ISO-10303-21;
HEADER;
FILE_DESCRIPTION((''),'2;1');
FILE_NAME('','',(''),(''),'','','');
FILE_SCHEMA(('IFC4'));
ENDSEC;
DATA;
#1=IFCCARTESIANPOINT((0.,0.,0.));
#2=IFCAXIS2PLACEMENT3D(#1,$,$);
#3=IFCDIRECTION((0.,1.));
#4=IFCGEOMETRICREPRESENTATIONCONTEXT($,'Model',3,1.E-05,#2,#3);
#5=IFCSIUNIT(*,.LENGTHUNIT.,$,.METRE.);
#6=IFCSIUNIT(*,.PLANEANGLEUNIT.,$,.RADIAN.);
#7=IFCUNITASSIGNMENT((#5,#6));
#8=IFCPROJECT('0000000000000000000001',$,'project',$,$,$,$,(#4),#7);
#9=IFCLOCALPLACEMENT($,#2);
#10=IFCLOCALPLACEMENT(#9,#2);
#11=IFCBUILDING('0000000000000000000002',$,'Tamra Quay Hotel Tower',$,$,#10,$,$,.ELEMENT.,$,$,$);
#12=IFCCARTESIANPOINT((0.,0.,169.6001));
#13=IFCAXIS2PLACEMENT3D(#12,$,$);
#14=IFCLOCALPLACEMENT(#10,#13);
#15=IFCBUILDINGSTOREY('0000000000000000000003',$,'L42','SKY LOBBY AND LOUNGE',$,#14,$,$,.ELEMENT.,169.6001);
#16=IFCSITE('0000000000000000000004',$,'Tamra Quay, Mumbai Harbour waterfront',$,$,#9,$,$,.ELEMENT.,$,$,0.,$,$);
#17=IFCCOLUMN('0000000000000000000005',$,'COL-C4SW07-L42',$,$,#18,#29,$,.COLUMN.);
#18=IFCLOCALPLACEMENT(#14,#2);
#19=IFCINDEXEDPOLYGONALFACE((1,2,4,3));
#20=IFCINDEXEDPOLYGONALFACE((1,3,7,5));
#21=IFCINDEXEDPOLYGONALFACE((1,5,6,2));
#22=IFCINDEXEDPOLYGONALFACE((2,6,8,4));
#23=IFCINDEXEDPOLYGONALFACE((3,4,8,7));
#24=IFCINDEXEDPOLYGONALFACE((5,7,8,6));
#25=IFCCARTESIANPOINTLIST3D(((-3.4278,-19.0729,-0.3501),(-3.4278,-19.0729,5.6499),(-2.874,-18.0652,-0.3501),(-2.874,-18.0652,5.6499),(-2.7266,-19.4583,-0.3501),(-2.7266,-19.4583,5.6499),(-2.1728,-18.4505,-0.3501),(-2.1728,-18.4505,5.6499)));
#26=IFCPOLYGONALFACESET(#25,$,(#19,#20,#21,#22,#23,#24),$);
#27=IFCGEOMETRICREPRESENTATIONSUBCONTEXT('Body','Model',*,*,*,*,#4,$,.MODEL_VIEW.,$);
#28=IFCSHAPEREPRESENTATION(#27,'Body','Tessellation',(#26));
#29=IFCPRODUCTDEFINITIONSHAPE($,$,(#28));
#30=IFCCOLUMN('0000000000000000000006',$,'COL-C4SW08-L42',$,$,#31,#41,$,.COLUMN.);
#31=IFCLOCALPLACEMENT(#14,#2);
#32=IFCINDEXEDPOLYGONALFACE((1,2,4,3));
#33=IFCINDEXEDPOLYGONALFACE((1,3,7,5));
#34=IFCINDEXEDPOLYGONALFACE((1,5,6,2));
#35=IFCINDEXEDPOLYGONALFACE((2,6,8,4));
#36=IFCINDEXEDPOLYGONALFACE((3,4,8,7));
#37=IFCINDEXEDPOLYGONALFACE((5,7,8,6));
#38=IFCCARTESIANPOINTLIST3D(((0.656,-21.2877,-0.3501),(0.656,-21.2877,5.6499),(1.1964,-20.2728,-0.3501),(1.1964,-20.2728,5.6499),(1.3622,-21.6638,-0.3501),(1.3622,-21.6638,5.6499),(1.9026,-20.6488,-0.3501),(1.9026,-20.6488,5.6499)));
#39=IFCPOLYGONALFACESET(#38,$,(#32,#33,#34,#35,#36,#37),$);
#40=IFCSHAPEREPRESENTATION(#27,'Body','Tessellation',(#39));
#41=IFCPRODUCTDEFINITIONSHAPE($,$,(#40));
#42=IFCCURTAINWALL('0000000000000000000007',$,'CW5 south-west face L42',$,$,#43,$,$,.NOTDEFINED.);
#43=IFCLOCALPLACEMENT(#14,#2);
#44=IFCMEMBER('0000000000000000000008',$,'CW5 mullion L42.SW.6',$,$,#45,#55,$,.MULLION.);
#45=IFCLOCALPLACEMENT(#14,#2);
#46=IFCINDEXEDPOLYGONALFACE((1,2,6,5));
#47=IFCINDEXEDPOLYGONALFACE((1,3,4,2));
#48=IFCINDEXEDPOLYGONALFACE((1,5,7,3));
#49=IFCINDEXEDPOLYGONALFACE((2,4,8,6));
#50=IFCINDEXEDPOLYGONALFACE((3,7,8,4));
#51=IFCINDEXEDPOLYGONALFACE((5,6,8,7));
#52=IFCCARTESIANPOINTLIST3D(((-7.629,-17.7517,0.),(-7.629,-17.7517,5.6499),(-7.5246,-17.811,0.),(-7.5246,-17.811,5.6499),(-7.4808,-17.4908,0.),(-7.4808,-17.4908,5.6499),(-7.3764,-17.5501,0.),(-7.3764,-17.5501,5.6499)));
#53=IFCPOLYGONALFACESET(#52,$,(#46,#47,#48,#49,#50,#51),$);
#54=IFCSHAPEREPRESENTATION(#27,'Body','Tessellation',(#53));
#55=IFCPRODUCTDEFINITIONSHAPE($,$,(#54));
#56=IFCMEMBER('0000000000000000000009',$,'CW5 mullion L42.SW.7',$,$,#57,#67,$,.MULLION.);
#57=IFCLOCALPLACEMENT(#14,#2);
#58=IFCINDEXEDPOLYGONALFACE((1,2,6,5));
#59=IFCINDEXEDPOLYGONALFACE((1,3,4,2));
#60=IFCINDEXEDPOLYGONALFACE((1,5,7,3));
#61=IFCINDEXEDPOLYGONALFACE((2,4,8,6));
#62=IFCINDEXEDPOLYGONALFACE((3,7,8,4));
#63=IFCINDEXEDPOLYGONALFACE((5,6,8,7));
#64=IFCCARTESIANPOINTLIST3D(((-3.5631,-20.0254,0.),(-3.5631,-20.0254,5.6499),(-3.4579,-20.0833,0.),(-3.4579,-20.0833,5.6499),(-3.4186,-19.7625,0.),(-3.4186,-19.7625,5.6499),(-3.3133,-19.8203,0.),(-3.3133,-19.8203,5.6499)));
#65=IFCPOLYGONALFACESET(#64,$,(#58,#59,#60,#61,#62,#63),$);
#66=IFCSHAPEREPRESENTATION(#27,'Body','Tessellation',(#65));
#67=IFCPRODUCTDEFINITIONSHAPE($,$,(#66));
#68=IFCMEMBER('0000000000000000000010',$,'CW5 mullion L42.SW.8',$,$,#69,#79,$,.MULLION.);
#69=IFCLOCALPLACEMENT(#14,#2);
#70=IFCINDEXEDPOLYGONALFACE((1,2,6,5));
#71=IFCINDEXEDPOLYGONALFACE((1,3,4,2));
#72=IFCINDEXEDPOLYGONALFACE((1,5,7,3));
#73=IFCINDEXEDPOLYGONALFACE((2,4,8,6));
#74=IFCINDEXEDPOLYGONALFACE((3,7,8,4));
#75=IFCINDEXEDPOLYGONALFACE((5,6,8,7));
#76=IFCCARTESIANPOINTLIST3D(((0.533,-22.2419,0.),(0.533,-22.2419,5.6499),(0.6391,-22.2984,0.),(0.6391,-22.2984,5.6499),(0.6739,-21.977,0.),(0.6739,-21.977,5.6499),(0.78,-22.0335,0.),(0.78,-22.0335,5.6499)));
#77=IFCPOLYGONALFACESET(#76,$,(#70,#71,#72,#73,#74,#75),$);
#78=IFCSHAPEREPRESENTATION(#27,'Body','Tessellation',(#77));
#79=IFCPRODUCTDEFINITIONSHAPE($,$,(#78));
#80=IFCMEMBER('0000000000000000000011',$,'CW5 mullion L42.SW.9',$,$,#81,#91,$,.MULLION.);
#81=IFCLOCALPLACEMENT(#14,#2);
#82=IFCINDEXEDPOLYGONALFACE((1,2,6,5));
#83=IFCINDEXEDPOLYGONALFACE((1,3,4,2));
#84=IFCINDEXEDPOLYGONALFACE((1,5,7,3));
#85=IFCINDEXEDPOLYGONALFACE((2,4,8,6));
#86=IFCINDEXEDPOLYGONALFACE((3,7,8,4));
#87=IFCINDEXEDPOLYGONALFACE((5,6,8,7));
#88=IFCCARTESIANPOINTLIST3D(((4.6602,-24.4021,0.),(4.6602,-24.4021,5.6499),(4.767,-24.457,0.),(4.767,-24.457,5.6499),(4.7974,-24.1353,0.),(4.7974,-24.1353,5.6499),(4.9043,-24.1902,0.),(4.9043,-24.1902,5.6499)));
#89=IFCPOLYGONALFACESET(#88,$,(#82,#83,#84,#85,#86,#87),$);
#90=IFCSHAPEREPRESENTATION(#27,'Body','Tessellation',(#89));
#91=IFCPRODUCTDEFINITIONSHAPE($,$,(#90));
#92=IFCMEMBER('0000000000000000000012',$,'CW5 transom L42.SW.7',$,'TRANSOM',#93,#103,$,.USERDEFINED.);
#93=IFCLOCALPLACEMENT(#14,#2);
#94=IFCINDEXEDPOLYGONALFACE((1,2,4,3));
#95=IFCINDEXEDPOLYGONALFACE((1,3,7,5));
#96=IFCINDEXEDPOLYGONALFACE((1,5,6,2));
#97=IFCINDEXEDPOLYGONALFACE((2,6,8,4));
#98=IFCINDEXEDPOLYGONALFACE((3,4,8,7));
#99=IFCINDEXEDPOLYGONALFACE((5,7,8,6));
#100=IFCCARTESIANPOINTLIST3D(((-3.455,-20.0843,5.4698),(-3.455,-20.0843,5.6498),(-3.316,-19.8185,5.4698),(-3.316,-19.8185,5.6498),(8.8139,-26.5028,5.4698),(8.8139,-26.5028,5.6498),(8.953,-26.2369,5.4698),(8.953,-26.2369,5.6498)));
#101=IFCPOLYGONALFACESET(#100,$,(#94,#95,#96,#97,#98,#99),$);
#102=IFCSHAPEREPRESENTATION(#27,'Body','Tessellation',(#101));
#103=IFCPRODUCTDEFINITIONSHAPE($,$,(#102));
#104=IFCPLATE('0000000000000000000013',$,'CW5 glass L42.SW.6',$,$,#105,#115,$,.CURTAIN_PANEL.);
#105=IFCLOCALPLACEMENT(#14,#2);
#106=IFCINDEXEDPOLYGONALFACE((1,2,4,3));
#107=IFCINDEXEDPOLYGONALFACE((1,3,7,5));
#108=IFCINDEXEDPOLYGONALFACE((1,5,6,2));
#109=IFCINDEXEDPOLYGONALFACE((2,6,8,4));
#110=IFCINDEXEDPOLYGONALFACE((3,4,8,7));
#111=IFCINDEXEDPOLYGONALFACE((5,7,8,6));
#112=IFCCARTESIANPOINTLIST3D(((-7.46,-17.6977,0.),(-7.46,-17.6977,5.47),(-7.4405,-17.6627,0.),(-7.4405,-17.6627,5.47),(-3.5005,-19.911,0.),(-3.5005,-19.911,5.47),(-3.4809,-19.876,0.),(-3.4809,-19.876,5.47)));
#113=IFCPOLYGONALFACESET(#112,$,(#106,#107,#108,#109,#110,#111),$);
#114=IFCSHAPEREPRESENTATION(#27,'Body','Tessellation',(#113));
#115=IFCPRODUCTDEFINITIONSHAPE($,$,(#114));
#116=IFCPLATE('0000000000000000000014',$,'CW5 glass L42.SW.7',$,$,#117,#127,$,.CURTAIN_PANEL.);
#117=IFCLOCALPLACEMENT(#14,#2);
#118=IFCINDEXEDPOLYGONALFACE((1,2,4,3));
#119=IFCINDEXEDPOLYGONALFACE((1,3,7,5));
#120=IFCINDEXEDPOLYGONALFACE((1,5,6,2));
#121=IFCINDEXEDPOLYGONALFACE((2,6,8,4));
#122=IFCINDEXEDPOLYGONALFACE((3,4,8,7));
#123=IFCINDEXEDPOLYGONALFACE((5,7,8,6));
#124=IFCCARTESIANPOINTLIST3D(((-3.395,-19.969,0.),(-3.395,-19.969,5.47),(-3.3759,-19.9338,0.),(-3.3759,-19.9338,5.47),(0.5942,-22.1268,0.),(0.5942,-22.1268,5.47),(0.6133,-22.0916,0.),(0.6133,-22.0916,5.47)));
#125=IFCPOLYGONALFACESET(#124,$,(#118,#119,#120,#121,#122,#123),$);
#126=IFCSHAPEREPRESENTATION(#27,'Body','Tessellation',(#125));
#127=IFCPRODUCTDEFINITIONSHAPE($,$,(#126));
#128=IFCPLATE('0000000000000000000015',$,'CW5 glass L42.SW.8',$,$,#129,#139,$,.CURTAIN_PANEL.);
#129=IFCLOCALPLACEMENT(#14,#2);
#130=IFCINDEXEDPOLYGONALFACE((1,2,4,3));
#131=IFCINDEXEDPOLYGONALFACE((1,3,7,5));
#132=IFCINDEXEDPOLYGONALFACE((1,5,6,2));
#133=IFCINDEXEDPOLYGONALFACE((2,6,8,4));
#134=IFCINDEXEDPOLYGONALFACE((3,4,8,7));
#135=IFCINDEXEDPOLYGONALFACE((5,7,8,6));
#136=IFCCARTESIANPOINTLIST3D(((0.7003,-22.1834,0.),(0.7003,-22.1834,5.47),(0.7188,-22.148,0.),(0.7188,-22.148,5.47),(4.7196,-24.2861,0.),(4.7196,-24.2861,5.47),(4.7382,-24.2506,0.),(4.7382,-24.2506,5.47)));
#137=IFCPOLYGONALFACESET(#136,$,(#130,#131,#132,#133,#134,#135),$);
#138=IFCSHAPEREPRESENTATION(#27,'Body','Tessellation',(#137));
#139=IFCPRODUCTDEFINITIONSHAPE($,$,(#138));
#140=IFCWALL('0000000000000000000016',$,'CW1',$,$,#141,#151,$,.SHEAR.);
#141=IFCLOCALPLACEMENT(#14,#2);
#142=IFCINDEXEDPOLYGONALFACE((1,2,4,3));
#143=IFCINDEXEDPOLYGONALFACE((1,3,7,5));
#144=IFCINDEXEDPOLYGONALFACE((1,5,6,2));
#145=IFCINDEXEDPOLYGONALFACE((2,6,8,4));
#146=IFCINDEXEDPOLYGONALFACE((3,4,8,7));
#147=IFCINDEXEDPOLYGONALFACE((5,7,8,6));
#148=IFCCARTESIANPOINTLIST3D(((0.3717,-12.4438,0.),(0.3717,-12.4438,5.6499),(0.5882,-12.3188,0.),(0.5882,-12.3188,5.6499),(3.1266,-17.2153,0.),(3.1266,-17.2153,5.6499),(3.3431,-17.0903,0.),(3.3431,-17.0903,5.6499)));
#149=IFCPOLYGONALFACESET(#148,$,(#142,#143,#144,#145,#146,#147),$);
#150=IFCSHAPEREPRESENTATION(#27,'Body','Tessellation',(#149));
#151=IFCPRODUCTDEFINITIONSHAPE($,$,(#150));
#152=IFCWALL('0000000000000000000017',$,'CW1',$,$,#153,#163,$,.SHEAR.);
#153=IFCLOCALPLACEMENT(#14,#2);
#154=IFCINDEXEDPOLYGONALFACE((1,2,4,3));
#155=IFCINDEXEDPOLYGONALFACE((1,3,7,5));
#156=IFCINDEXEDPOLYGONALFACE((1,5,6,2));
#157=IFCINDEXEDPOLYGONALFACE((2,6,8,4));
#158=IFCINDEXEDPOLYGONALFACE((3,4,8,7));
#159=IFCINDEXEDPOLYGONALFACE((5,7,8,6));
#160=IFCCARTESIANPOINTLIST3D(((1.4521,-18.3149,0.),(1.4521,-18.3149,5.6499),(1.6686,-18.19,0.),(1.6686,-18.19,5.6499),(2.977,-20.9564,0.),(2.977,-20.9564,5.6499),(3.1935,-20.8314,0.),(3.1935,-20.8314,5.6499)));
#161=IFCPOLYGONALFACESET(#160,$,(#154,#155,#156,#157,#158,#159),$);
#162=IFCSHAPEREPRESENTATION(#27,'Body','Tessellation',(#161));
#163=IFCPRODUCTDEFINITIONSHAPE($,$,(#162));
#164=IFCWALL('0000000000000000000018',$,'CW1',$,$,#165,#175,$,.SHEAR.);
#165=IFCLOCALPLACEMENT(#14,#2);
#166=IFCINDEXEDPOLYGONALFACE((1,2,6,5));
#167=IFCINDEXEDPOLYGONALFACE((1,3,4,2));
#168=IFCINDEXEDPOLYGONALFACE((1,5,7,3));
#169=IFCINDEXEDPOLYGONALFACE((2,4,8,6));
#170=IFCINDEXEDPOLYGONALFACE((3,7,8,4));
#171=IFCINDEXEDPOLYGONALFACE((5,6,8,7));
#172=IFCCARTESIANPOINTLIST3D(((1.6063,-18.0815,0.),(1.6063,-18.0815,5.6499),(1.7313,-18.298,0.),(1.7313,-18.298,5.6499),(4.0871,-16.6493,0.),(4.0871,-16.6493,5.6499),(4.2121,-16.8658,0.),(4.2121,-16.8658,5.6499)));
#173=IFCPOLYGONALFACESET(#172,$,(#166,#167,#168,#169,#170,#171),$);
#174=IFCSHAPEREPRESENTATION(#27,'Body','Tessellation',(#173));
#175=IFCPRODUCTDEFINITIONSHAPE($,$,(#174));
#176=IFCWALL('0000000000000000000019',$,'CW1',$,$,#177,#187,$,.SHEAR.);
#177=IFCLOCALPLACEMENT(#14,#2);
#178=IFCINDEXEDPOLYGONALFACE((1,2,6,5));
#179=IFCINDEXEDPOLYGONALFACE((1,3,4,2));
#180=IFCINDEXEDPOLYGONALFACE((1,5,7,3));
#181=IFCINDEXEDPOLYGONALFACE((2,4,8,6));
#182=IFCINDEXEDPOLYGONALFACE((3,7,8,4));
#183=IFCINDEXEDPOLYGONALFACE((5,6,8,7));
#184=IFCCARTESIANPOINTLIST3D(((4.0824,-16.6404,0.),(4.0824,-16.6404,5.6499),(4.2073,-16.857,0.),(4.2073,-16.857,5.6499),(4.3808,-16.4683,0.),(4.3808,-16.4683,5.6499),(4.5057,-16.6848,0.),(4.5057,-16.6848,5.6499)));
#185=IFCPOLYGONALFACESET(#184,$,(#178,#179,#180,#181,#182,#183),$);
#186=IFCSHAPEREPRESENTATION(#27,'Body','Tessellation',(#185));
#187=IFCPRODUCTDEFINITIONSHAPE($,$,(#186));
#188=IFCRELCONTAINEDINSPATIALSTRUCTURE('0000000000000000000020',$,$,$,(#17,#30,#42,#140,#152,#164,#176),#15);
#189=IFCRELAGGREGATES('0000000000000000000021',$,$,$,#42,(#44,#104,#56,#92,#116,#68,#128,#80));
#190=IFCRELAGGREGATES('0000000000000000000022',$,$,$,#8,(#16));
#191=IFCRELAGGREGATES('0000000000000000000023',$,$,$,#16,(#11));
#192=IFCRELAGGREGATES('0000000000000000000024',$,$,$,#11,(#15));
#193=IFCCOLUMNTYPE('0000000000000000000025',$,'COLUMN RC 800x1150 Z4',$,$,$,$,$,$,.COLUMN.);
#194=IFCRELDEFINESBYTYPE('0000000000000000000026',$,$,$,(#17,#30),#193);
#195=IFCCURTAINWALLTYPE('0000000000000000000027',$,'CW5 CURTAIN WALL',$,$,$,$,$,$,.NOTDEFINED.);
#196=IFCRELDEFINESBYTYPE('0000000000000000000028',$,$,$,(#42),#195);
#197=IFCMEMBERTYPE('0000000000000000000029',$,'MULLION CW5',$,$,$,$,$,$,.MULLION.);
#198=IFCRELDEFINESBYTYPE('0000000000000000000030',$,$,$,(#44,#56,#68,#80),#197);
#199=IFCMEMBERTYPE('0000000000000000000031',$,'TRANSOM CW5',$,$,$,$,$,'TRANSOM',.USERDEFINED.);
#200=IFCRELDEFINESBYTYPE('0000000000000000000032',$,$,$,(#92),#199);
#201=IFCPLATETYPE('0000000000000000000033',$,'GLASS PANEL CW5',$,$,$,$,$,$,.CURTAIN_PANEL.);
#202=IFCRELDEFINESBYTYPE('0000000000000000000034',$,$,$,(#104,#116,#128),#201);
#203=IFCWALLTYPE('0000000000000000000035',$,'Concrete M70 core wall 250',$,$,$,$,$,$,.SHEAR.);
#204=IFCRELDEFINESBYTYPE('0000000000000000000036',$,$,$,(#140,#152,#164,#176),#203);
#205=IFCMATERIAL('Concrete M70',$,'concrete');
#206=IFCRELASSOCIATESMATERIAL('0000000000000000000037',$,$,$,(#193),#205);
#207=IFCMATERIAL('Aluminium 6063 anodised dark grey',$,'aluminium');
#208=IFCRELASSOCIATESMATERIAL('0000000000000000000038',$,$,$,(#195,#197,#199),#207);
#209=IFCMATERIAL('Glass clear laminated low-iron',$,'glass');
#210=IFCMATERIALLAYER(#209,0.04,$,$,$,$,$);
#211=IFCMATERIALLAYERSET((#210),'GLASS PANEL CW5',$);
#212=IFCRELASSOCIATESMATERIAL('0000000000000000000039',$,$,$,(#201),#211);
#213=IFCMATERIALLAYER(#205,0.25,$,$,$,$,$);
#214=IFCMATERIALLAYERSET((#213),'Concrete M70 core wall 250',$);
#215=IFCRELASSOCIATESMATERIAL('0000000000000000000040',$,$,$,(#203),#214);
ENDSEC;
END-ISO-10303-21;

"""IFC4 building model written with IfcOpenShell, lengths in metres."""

from ifc_helpers import new_model, si_unit, direction, frame, frame_2d, origin, origin_2d, place, context, subcontext, project, spatial, rectangle, extrude, material, layer, layer_set, material_profile, profile_set, type_object, element, aggregate, save


model = new_model("IFC4")

# Units and contexts
model_context = context("Model", 3, precision=1e-05, world=origin(), true_north=direction((0.0, 1.0)))
body_context = subcontext(model_context, "Body", "Model", "MODEL_VIEW")
ifc_project = project(units=[si_unit("LENGTHUNIT", "METRE"), si_unit("PLANEANGLEUNIT", "RADIAN")], contexts=[model_context])

# Site, building, storey
site_placement = place(None, origin())
site = spatial("IfcSite", under=ifc_project, at=site_placement, Name="Tamra Quay, Mumbai Harbour waterfront", CompositionType="ELEMENT", RefElevation=0.0)
building_placement = place(site_placement, origin())
building = spatial("IfcBuilding", under=site, at=building_placement, Name="Tamra Quay Hotel Tower", CompositionType="ELEMENT")
storey_placement = place(building_placement, frame((0.0, 0.0, 169.6001)))
storey = spatial("IfcBuildingStorey", under=building, at=storey_placement, Name="L42", Description="SKY LOBBY AND LOUNGE", CompositionType="ELEMENT", Elevation=169.6001)

# Columns
ifc_material_1 = material(Name="Concrete M70", Category="concrete")
ifc_material_profile_1 = material_profile(ifc_material_1, rectangle(XDim=1.1499, YDim=0.8, at=origin_2d()), Name="COLUMN RC 800x1150 Z4")
ifc_profile_set_1 = profile_set([ifc_material_profile_1], Name="Concrete M70")
column_type = type_object("IfcColumnType", Name="COLUMN RC 800x1150 Z4", PredefinedType="COLUMN", material=ifc_profile_set_1)
for number, where, z_axis, x_axis, name in (
    (1, (-2.8003, -18.7617, -0.3501), (0.0, 0.0, 1.0), (0.481602, 0.87639, 0.0), "COL-C4SW07-L42"),
    (2, (1.2793, -20.9683, -0.3501), (0.0, 0.0, 1.0), (0.470002, 0.882666, 0.0), "COL-C4SW08-L42"),
):
    element("IfcColumn", number, at=place(storey_placement, frame(where, z_axis=z_axis, x_axis=x_axis)), inside=storey, type_object=column_type, Name=name, PredefinedType="COLUMN", context=body_context, shape_type="SweptSolid", body=[
        extrude(rectangle(XDim=1.1499, YDim=0.8, at=origin_2d()), origin(), (0.0, 0.0, 1.0), 6.0),
    ])

# Curtain wall, members, plates
ifc_material_2 = material(Name="Aluminium 6063 anodised dark grey", Category="aluminium")
curtain_wall_type = type_object("IfcCurtainWallType", Name="CW5 CURTAIN WALL", PredefinedType="NOTDEFINED", material=ifc_material_2)
curtain_wall_placement = place(storey_placement, origin())
curtain_wall = element("IfcCurtainWall", 3, at=curtain_wall_placement, inside=storey, type_object=curtain_wall_type, Name="CW5 south-west face L42", PredefinedType="NOTDEFINED")
ifc_material_profile_2 = material_profile(ifc_material_2, rectangle(XDim=0.3, YDim=0.1201, at=origin_2d()), Name="MULLION 120X300")
ifc_profile_set_2 = profile_set([ifc_material_profile_2], Name="Aluminium 6063 anodised dark grey")
member_type_1 = type_object("IfcMemberType", Name="MULLION CW5", PredefinedType="MULLION", material=ifc_profile_set_2)
member_1_placement = place(storey_placement, frame((-7.5027, -17.6509, 0.0), z_axis=(0.0, 0.0, 1.0), x_axis=(-0.493975, -0.869476, 0.0)))
member_1 = element("IfcMember", 4, at=member_1_placement, type_object=member_type_1, Name="CW5 mullion L42.SW.6", PredefinedType="MULLION", context=body_context, shape_type="SweptSolid", body=[
    extrude(rectangle(XDim=0.3, YDim=0.1201, at=origin_2d()), origin(), (0.0, 0.0, 1.0), 5.6499),
])
member_2_placement = place(storey_placement, frame((-3.4382, -19.9229, 0.0), z_axis=(0.0, 0.0, 1.0), x_axis=(-0.481861, -0.876248, 0.0)))
member_2 = element("IfcMember", 5, at=member_2_placement, type_object=member_type_1, Name="CW5 mullion L42.SW.7", PredefinedType="MULLION", context=body_context, shape_type="SweptSolid", body=[
    extrude(rectangle(XDim=0.3, YDim=0.1201, at=origin_2d()), origin(), (0.0, 0.0, 1.0), 5.6499),
])
member_3_placement = place(storey_placement, frame((0.6565, -22.1377, 0.0), z_axis=(0.0, 0.0, 1.0), x_axis=(-0.469667, -0.882843, 0.0)))
member_3 = element("IfcMember", 6, at=member_3_placement, type_object=member_type_1, Name="CW5 mullion L42.SW.8", PredefinedType="MULLION", context=body_context, shape_type="SweptSolid", body=[
    extrude(rectangle(XDim=0.3, YDim=0.1201, at=origin_2d()), origin(), (0.0, 0.0, 1.0), 5.6499),
])
member_4_placement = place(storey_placement, frame((4.7822, -24.2961, 0.0), z_axis=(0.0, 0.0, 1.0), x_axis=(-0.457401, -0.889261, 0.0)))
member_4 = element("IfcMember", 7, at=member_4_placement, type_object=member_type_1, Name="CW5 mullion L42.SW.9", PredefinedType="MULLION", context=body_context, shape_type="SweptSolid", body=[
    extrude(rectangle(XDim=0.3, YDim=0.1201, at=origin_2d()), origin(), (0.0, 0.0, 1.0), 5.6499),
])
ifc_material_profile_3 = material_profile(ifc_material_2, rectangle(XDim=0.3, YDim=0.1799, at=origin_2d()), Name="TRANSOM 300X180")
ifc_profile_set_3 = profile_set([ifc_material_profile_3], Name="Aluminium 6063 anodised dark grey")
member_type_2 = type_object("IfcMemberType", Name="TRANSOM CW5", ElementType="TRANSOM", PredefinedType="USERDEFINED", material=ifc_profile_set_3)
member_5_placement = place(storey_placement, frame((-3.3855, -19.9514, 5.5598), z_axis=(0.886074, -0.463543, 0.0), x_axis=(0.463543, 0.886074, 0.0)))
member_5 = element("IfcMember", 8, at=member_5_placement, type_object=member_type_2, Name="CW5 transom L42.SW.7", ObjectType="TRANSOM", PredefinedType="USERDEFINED", context=body_context, shape_type="SweptSolid", body=[
    extrude(rectangle(XDim=0.3, YDim=0.1799, at=origin_2d()), origin(), (0.0, 0.0, 1.0), 13.8464),
])
ifc_material_3 = material(Name="Glass clear laminated low-iron", Category="glass")
ifc_layer_1 = layer(ifc_material_3, 0.04)
ifc_layer_set_1 = layer_set([ifc_layer_1], Name="GLASS PANEL CW5")
plate_type = type_object("IfcPlateType", Name="GLASS PANEL CW5", PredefinedType="CURTAIN_PANEL", material=ifc_layer_set_1)
plate_1_placement = place(storey_placement, frame((-5.4705, -18.7869, 0.0), z_axis=(0.0, 0.0, 1.0), x_axis=(0.872885, -0.487926, 0.0)))
plate_1 = element("IfcPlate", 9, at=plate_1_placement, type_object=plate_type, Name="CW5 glass L42.SW.6", PredefinedType="CURTAIN_PANEL", context=body_context, shape_type="SweptSolid", body=[
    extrude(rectangle(XDim=4.5361, YDim=0.04, at=origin_2d()), origin(), (0.0, 0.0, 1.0), 5.47),
])
plate_2_placement = place(storey_placement, frame((-1.3909, -21.0303, 0.0), z_axis=(0.0, 0.0, 1.0), x_axis=(0.879569, -0.475772, 0.0)))
plate_2 = element("IfcPlate", 10, at=plate_2_placement, type_object=plate_type, Name="CW5 glass L42.SW.7", PredefinedType="CURTAIN_PANEL", context=body_context, shape_type="SweptSolid", body=[
    extrude(rectangle(XDim=4.5354, YDim=0.04, at=origin_2d()), origin(), (0.0, 0.0, 1.0), 5.47),
])
plate_3_placement = place(storey_placement, frame((2.7192, -23.217, 0.0), z_axis=(0.0, 0.0, 1.0), x_axis=(0.886076, -0.46354, 0.0)))
plate_3 = element("IfcPlate", 11, at=plate_3_placement, type_object=plate_type, Name="CW5 glass L42.SW.8", PredefinedType="CURTAIN_PANEL", context=body_context, shape_type="SweptSolid", body=[
    extrude(rectangle(XDim=4.5361, YDim=0.04, at=origin_2d()), origin(), (0.0, 0.0, 1.0), 5.47),
])
aggregate(curtain_wall, [member_1, plate_1, member_2, member_5, plate_2, member_3, plate_3, member_4])

# Walls
ifc_layer_2 = layer(ifc_material_1, 0.25)
ifc_layer_set_2 = layer_set([ifc_layer_2], Name="Concrete M70 core wall 250")
wall_type_1 = type_object("IfcWallType", Name="Concrete M70 core wall 250", PredefinedType="SHEAR", material=ifc_layer_set_2)
wall_1_placement = place(storey_placement, frame((3.2349, -17.1528, 0.0), z_axis=(0.0, 0.0, 1.0), x_axis=(-0.500009, 0.86602, 0.0)))
element("IfcWall", 12, at=wall_1_placement, inside=storey, type_object=wall_type_1, Name="CW1", PredefinedType="SHEAR", context=body_context, shape_type="SweptSolid", body=[
    extrude(rectangle(XDim=5.5098, YDim=0.25, at=frame_2d((2.7549, 0.0))), origin(), (0.0, 0.0, 1.0), 5.6499),
])
wall_2_placement = place(storey_placement, frame((3.0852, -20.8938, 0.0), z_axis=(0.0, 0.0, 1.0), x_axis=(-0.499979, 0.866038, 0.0)))
element("IfcWall", 13, at=wall_2_placement, inside=storey, type_object=wall_type_1, Name="CW1", PredefinedType="SHEAR", context=body_context, shape_type="SweptSolid", body=[
    extrude(rectangle(XDim=3.05, YDim=0.25, at=frame_2d((1.5249, 0.0))), origin(), (0.0, 0.0, 1.0), 5.6499),
])
wall_3_placement = place(storey_placement, frame((1.6689, -18.1897, 0.0), z_axis=(0.0, 0.0, 1.0), x_axis=(0.866042, 0.499971, 0.0)))
element("IfcWall", 14, at=wall_3_placement, inside=storey, type_object=wall_type_1, Name="CW1", PredefinedType="SHEAR", context=body_context, shape_type="SweptSolid", body=[
    extrude(rectangle(XDim=2.8645, YDim=0.25, at=frame_2d((1.4321, 0.0))), origin(), (0.0, 0.0, 1.0), 5.6499),
])
wall_4_placement = place(storey_placement, frame((4.1448, -16.7488, 0.0), z_axis=(0.0, 0.0, 1.0), x_axis=(0.866186, 0.499722, 0.0)))
element("IfcWall", 15, at=wall_4_placement, inside=storey, type_object=wall_type_1, Name="CW1", PredefinedType="SHEAR", context=body_context, shape_type="SweptSolid", body=[
    extrude(rectangle(XDim=0.3445, YDim=0.25, at=frame_2d((0.1724, 0.0))), origin(), (0.0, 0.0, 1.0), 5.6499),
])

save(model, "model.ifc")
